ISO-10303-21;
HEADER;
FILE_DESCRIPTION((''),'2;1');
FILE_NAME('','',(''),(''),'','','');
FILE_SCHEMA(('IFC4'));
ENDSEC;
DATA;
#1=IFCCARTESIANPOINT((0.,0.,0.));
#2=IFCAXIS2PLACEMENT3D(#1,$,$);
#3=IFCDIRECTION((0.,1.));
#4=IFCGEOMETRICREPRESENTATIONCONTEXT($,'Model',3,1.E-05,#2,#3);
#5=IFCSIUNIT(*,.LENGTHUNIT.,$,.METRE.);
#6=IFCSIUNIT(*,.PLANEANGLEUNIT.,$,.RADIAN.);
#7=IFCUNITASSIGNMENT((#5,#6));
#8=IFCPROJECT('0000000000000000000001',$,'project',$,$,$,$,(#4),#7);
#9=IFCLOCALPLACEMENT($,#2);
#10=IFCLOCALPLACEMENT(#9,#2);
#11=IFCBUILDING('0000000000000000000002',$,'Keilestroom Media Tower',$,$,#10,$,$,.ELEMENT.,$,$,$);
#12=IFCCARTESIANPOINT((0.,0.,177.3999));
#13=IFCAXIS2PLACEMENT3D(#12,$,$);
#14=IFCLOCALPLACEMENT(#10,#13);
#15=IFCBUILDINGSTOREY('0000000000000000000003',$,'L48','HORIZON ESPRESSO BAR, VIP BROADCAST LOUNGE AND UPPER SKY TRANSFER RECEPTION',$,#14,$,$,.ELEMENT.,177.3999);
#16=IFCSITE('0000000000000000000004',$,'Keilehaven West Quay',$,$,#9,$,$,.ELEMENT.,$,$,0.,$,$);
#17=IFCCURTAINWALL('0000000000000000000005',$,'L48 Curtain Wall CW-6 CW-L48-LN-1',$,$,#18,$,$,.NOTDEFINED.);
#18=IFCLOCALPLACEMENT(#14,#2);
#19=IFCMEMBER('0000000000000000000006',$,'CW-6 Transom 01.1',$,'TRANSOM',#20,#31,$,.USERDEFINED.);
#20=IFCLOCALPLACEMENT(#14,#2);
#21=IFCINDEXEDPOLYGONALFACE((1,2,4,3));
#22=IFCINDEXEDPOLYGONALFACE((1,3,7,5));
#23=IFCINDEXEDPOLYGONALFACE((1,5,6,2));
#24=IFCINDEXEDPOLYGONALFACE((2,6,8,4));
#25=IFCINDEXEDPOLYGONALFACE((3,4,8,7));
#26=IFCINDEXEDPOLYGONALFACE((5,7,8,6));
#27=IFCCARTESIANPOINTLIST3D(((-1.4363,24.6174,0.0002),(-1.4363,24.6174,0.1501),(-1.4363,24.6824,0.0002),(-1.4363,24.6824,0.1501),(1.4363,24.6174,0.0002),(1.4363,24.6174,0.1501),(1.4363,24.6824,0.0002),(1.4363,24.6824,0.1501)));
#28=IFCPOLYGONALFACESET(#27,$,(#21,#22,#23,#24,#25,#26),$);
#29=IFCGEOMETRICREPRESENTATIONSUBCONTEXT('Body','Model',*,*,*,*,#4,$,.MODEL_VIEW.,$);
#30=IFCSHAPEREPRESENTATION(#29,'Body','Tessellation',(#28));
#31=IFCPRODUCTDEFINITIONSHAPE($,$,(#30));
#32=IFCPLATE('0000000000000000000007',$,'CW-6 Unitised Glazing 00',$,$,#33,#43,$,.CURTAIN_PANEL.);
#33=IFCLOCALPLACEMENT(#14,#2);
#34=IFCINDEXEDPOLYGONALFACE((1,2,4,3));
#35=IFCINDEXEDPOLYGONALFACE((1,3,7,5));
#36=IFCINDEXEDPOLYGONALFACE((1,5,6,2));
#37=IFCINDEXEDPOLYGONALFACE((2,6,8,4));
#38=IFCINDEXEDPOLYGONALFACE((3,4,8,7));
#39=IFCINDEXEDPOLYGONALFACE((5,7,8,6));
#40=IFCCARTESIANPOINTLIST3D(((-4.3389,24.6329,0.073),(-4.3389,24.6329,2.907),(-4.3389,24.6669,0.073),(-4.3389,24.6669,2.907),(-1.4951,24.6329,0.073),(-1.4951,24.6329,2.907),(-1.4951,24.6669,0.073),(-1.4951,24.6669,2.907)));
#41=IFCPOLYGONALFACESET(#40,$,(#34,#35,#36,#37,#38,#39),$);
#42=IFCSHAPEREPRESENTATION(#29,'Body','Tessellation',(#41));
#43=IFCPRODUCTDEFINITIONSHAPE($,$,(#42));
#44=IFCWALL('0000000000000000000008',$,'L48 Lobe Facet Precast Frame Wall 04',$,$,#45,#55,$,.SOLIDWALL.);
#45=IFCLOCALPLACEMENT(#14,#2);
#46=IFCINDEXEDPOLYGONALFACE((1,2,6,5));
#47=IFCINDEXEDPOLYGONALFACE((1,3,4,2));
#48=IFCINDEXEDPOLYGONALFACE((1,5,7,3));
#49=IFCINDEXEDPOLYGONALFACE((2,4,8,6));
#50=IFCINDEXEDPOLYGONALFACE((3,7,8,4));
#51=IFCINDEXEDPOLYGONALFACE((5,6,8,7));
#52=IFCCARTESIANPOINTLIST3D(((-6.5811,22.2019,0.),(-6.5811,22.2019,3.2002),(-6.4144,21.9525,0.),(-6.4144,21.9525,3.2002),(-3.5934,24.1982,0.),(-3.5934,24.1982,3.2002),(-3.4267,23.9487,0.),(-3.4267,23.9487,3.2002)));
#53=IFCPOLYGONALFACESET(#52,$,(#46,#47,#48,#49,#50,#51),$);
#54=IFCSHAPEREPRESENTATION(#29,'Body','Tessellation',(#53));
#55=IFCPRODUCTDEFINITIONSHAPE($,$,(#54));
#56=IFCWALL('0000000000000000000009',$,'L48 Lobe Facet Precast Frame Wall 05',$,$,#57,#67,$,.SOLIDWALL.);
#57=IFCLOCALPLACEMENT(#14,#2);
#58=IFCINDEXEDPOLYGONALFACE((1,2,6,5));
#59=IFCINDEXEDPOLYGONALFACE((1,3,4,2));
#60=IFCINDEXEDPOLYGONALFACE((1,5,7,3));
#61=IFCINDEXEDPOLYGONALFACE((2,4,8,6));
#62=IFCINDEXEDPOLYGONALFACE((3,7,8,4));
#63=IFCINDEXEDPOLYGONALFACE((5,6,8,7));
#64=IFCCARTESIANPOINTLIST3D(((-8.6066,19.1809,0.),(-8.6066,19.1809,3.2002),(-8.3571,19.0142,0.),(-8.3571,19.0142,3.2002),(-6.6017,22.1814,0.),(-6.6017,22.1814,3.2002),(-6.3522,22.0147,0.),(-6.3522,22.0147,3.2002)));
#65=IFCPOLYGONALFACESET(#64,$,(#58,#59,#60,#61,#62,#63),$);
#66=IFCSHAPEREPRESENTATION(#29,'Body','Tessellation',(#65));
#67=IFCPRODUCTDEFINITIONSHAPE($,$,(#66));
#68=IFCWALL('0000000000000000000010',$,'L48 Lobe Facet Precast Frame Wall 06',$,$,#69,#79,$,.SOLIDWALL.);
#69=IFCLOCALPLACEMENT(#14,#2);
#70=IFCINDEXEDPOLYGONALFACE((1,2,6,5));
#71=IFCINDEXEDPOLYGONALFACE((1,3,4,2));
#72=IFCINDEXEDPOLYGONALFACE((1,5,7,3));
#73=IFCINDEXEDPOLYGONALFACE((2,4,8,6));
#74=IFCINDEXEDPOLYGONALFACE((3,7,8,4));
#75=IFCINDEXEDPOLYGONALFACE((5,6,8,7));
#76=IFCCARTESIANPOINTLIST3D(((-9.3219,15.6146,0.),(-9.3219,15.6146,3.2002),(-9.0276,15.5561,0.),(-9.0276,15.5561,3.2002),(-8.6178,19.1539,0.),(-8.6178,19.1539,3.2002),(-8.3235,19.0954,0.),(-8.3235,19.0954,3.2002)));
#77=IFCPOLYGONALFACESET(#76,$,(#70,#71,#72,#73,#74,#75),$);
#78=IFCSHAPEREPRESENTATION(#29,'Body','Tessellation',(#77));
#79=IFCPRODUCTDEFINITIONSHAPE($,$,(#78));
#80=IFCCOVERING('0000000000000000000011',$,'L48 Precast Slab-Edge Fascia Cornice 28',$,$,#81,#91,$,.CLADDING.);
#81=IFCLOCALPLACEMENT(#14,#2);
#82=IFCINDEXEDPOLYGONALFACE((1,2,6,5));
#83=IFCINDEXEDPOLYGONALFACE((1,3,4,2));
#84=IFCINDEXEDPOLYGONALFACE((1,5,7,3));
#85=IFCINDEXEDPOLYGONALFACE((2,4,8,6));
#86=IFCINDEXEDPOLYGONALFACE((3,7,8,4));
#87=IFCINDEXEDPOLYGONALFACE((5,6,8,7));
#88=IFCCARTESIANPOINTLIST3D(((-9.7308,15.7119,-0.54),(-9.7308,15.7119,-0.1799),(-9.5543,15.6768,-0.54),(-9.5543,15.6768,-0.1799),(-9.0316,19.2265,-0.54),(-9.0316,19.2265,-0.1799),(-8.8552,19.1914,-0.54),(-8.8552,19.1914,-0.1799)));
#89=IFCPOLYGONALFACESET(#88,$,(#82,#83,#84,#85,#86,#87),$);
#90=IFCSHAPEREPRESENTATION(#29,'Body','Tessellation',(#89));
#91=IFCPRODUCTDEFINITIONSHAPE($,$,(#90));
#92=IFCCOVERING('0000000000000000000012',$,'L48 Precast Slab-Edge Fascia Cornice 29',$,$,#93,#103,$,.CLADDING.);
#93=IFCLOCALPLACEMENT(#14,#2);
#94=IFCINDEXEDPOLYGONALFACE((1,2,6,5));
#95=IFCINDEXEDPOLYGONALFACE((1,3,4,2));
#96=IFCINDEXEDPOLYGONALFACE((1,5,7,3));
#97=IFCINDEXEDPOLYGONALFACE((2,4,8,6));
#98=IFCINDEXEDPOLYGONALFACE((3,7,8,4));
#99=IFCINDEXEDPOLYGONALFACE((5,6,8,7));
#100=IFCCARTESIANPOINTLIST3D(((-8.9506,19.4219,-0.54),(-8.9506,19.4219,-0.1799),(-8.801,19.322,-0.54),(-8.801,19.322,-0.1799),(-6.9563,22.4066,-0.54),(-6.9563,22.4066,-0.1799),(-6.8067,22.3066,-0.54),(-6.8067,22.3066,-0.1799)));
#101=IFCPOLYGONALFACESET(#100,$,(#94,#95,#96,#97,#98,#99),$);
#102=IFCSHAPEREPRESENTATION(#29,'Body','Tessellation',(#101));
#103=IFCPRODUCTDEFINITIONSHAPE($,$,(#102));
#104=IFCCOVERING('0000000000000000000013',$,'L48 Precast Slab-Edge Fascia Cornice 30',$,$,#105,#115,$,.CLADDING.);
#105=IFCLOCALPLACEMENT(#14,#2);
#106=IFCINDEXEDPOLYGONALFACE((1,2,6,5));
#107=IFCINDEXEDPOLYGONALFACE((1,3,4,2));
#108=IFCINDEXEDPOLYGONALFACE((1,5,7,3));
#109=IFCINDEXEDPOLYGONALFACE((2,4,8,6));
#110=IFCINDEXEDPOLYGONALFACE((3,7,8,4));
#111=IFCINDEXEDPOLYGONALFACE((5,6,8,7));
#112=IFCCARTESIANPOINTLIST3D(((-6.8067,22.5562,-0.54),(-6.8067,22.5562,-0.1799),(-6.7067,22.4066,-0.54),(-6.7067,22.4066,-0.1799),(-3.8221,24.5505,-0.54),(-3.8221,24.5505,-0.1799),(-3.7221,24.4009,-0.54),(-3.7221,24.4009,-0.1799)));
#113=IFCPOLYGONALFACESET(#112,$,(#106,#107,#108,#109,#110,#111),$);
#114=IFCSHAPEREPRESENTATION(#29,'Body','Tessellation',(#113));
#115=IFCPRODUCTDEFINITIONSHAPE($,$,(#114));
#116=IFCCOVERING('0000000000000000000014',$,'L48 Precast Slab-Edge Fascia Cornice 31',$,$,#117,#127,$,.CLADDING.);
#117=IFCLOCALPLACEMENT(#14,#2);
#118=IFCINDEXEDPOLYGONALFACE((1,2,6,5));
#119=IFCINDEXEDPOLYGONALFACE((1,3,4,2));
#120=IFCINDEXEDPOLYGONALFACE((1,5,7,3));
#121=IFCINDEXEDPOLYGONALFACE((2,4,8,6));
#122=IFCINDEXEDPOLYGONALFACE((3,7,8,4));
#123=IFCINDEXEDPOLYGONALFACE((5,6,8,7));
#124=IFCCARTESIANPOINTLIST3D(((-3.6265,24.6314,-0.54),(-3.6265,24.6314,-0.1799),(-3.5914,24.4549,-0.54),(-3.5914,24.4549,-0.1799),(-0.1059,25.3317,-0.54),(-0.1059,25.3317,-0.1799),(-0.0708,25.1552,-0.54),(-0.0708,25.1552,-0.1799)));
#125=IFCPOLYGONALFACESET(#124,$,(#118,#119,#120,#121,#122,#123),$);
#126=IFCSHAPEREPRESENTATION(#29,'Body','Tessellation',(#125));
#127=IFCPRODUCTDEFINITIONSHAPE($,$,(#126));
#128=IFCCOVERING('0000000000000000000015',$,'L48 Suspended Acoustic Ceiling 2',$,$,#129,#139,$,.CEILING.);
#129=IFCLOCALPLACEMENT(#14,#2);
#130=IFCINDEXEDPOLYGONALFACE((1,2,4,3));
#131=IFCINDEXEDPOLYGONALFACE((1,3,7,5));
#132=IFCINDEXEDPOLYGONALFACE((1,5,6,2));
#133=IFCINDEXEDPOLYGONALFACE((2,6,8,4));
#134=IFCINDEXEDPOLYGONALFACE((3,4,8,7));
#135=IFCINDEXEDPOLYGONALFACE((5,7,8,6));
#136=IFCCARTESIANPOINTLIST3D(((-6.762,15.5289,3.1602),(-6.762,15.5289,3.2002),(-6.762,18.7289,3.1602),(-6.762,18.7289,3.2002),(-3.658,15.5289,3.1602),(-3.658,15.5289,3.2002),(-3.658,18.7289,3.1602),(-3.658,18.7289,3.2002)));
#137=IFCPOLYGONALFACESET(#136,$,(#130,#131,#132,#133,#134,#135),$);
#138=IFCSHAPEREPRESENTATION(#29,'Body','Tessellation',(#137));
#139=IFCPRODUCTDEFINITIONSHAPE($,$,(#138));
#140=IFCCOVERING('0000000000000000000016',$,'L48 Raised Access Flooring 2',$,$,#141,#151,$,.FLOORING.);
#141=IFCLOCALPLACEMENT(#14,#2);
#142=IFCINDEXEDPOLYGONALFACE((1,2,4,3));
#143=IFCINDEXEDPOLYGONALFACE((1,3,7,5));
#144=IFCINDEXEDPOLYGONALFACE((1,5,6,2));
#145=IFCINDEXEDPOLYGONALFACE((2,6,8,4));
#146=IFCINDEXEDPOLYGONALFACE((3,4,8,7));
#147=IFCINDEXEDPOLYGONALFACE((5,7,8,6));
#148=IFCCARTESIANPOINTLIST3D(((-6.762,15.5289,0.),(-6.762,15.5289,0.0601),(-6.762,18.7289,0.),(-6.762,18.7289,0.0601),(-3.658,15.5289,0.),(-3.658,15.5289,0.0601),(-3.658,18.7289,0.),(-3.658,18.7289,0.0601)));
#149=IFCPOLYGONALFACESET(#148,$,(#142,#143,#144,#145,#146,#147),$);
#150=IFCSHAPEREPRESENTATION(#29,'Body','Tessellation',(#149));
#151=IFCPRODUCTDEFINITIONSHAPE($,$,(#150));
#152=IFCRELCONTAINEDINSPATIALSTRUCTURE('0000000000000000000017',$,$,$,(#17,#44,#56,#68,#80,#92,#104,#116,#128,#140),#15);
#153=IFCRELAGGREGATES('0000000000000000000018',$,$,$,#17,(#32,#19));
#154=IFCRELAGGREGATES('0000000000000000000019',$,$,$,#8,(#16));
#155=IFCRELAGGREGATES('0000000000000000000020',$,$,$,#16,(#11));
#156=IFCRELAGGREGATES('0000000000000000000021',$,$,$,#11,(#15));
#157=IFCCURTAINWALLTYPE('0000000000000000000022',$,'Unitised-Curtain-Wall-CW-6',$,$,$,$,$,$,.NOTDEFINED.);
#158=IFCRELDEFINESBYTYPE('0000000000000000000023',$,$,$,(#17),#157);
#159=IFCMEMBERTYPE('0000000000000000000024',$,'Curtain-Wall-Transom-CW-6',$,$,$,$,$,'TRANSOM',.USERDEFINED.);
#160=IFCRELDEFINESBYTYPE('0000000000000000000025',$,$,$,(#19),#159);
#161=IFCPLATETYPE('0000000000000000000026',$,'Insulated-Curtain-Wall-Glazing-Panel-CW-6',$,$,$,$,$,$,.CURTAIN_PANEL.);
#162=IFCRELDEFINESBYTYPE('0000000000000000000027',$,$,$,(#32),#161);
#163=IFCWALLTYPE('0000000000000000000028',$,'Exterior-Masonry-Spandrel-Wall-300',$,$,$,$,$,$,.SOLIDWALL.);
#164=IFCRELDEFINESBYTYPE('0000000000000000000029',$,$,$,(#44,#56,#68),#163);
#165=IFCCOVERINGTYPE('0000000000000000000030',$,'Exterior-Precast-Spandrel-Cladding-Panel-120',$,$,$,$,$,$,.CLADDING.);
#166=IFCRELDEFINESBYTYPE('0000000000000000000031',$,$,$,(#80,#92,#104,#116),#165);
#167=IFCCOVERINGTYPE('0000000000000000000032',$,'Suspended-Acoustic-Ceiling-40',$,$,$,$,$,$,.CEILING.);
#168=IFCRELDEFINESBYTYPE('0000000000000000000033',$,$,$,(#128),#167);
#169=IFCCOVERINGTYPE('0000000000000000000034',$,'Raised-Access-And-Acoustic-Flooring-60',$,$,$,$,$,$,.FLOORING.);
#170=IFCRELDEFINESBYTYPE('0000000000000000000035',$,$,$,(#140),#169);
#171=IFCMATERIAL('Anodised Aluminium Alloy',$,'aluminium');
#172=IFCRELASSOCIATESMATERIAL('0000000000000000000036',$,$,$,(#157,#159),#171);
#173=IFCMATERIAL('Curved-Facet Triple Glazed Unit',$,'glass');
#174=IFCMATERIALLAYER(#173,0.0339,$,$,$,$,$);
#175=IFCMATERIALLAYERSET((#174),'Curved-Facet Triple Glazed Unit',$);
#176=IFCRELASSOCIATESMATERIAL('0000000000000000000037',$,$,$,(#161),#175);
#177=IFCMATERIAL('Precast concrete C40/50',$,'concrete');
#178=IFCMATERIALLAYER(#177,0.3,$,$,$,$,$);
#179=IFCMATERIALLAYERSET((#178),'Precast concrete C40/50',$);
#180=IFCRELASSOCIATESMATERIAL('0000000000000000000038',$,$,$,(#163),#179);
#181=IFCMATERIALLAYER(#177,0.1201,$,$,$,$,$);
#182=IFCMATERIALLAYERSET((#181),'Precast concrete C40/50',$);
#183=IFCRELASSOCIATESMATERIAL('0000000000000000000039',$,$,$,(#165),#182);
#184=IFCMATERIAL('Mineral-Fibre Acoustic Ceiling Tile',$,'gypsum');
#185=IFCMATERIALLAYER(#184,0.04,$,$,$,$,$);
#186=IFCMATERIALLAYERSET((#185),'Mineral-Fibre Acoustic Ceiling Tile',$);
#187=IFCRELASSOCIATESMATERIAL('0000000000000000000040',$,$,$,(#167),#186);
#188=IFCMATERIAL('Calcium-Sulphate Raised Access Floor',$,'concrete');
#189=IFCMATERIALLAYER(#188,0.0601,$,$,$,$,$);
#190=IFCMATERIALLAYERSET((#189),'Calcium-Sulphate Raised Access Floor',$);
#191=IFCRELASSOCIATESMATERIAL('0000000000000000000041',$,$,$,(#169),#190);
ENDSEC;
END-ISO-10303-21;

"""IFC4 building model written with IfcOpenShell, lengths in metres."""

from ifc_helpers import new_model, si_unit, direction, frame, frame_2d, origin, origin_2d, place, context, subcontext, project, spatial, rectangle, extrude, source, transform, mapped, material, layer, layer_set, material_profile, profile_set, type_object, element, aggregate, save


model = new_model("IFC4")

# Units and contexts
model_context = context("Model", 3, precision=1e-05, world=origin(), true_north=direction((0.0, 1.0)))
body_context = subcontext(model_context, "Body", "Model", "MODEL_VIEW")
ifc_project = project(units=[si_unit("LENGTHUNIT", "METRE"), si_unit("PLANEANGLEUNIT", "RADIAN")], contexts=[model_context])

# Site, building, storey
site_placement = place(None, origin())
site = spatial("IfcSite", under=ifc_project, at=site_placement, Name="Keilehaven West Quay", CompositionType="ELEMENT", RefElevation=0.0)
building_placement = place(site_placement, origin())
building = spatial("IfcBuilding", under=site, at=building_placement, Name="Keilestroom Media Tower", CompositionType="ELEMENT")
storey_placement = place(building_placement, frame((0.0, 0.0, 177.3999)))
storey = spatial("IfcBuildingStorey", under=building, at=storey_placement, Name="L48", Description="HORIZON ESPRESSO BAR, VIP BROADCAST LOUNGE AND UPPER SKY TRANSFER RECEPTION", CompositionType="ELEMENT", Elevation=177.3999)

# Curtain wall, member, plate
ifc_material_1 = material(Name="Anodised Aluminium Alloy", Category="aluminium")
curtain_wall_type = type_object("IfcCurtainWallType", Name="Unitised-Curtain-Wall-CW-6", PredefinedType="NOTDEFINED", material=ifc_material_1)
curtain_wall_placement = place(storey_placement, origin())
curtain_wall = element("IfcCurtainWall", 1, at=curtain_wall_placement, inside=storey, type_object=curtain_wall_type, Name="L48 Curtain Wall CW-6 CW-L48-LN-1", PredefinedType="NOTDEFINED")
ifc_material_profile_1 = material_profile(ifc_material_1, rectangle(XDim=0.0649, YDim=0.1499, at=origin_2d()), Name="ALU TRANSOM 65x150")
ifc_profile_set_1 = profile_set([ifc_material_profile_1], Name="Anodised Aluminium Alloy")
member_type_1 = type_object("IfcMemberType", Name="Curtain-Wall-Transom-CW-6", ElementType="TRANSOM", PredefinedType="USERDEFINED", material=ifc_profile_set_1)
shared_shape_1 = source(origin(), body_context, "Body", "SweptSolid", [
    extrude(rectangle(XDim=0.0649, YDim=0.1499, at=origin_2d()), origin(), (0.0, 0.0, 1.0), 2.8726),
])
member_1_placement = place(storey_placement, frame((-1.4363, 24.6499, 0.0752), z_axis=(1.0, 0.0, 0.0), x_axis=(0.0, 1.0, 0.0)))
member_1 = element("IfcMember", 2, at=member_1_placement, type_object=member_type_1, Name="CW-6 Transom 01.1", ObjectType="TRANSOM", PredefinedType="USERDEFINED", context=body_context, shape_type="MappedRepresentation", body=[
    mapped(shared_shape_1, transform((0.0, 0.0, 0.0), x_axis=(1.0, 0.0, 0.0), y_axis=(0.0, 1.0, 0.0), z_axis=(0.0, 0.0, 1.0), scale=1.0)),
])
ifc_material_2 = material(Name="Curved-Facet Triple Glazed Unit", Category="glass")
ifc_layer_1 = layer(ifc_material_2, 0.0339)
ifc_layer_set_1 = layer_set([ifc_layer_1], Name="Curved-Facet Triple Glazed Unit")
plate_type = type_object("IfcPlateType", Name="Insulated-Curtain-Wall-Glazing-Panel-CW-6", PredefinedType="CURTAIN_PANEL", material=ifc_layer_set_1)
shared_shape_2 = source(origin(), body_context, "Body", "SweptSolid", [
    extrude(rectangle(XDim=2.8438, YDim=0.0339, at=origin_2d()), origin(), (0.0, 0.0, 1.0), 2.834),
])
plate_placement = place(storey_placement, frame((-2.917, 24.6499, 0.073), z_axis=(0.0, 0.0, 1.0), x_axis=(1.0, 0.0, 0.0)))
plate = element("IfcPlate", 3, at=plate_placement, type_object=plate_type, Name="CW-6 Unitised Glazing 00", PredefinedType="CURTAIN_PANEL", context=body_context, shape_type="MappedRepresentation", body=[
    mapped(shared_shape_2, transform((0.0, 0.0, 0.0), x_axis=(1.0, 0.0, 0.0), y_axis=(0.0, 1.0, 0.0), z_axis=(0.0, 0.0, 1.0), scale=1.0)),
])
aggregate(curtain_wall, [plate, member_1])

# Walls
ifc_material_3 = material(Name="Precast concrete C40/50", Category="concrete")
ifc_layer_2 = layer(ifc_material_3, 0.3)
ifc_layer_set_2 = layer_set([ifc_layer_2], Name="Precast concrete C40/50")
wall_type = type_object("IfcWallType", Name="Exterior-Masonry-Spandrel-Wall-300", PredefinedType="SOLIDWALL", material=ifc_layer_set_2)
wall_placement = place(storey_placement, frame((-3.51, 24.0735, 0.0), z_axis=(0.0, 0.0, 1.0), x_axis=(-0.831475, -0.555562, 0.0)))
element("IfcWall", 4, at=wall_placement, inside=storey, type_object=wall_type, Name="L48 Lobe Facet Precast Frame Wall 04", PredefinedType="SOLIDWALL", context=body_context, shape_type="SweptSolid", body=[
    extrude(rectangle(XDim=3.5933, YDim=0.3, at=frame_2d((1.7966, 0.0))), origin(), (0.0, 0.0, 1.0), 3.2002),
])
for number, where, z_axis, x_axis, name in (
    (5, (-6.4771, 22.0979, 0.0), (0.0, 0.0, 1.0), (-0.555574, -0.831467, 0.0), "L48 Lobe Facet Precast Frame Wall 05"),
    (6, (-8.4707, 19.1245, 0.0), (0.0, 0.0, 1.0), (-0.195114, -0.980781, 0.0), "L48 Lobe Facet Precast Frame Wall 06"),
):
    element("IfcWall", number, at=place(storey_placement, frame(where, z_axis=z_axis, x_axis=x_axis)), inside=storey, type_object=wall_type, Name=name, PredefinedType="SOLIDWALL", context=body_context, shape_type="SweptSolid", body=[
        extrude(rectangle(XDim=3.6086, YDim=0.3, at=frame_2d((1.8042, 0.0))), origin(), (0.0, 0.0, 1.0), 3.2002),
    ])

# Coverings
ifc_layer_3 = layer(ifc_material_3, 0.1201)
ifc_layer_set_3 = layer_set([ifc_layer_3], Name="Precast concrete C40/50")
covering_type_1 = type_object("IfcCoveringType", Name="Exterior-Precast-Spandrel-Cladding-Panel-120", PredefinedType="CLADDING", material=ifc_layer_set_3)
shared_shape_3 = source(origin(), body_context, "Body", "SweptSolid", [
    extrude(rectangle(XDim=3.5835, YDim=0.1799, at=origin_2d()), origin(), (0.0, 0.0, 1.0), 0.3601),
])
covering_1_placement = place(storey_placement, frame((-9.293, 17.4517, -0.54), z_axis=(0.0, 0.0, 1.0), x_axis=(0.195099, 0.980784, 0.0)))
element("IfcCovering", 7, at=covering_1_placement, inside=storey, type_object=covering_type_1, Name="L48 Precast Slab-Edge Fascia Cornice 28", PredefinedType="CLADDING", context=body_context, shape_type="MappedRepresentation", body=[
    mapped(shared_shape_3, transform((0.0, 0.0, 0.0), x_axis=(1.0, 0.0, 0.0), y_axis=(0.0, 1.0, 0.0), z_axis=(0.0, 0.0, 1.0), scale=1.0)),
])
shared_shape_4 = source(origin(), body_context, "Body", "SweptSolid", [
    extrude(rectangle(XDim=3.5896, YDim=0.1799, at=origin_2d()), origin(), (0.0, 0.0, 1.0), 0.3601),
])
for number, where, z_axis, x_axis, name in (
    (8, (-7.8787, 20.8643, -0.54), (0.0, 0.0, 1.0), (0.555575, 0.831467, 0.0), "L48 Precast Slab-Edge Fascia Cornice 29"),
    (9, (-5.2644, 23.4785, -0.54), (0.0, 0.0, 1.0), (0.831467, 0.555575, 0.0), "L48 Precast Slab-Edge Fascia Cornice 30"),
    (10, (-1.8486, 24.8933, -0.54), (0.0, 0.0, 1.0), (0.980784, 0.195099, 0.0), "L48 Precast Slab-Edge Fascia Cornice 31"),
):
    element("IfcCovering", number, at=place(storey_placement, frame(where, z_axis=z_axis, x_axis=x_axis)), inside=storey, type_object=covering_type_1, Name=name, PredefinedType="CLADDING", context=body_context, shape_type="MappedRepresentation", body=[
        mapped(shared_shape_4, transform((0.0, 0.0, 0.0), x_axis=(1.0, 0.0, 0.0), y_axis=(0.0, 1.0, 0.0), z_axis=(0.0, 0.0, 1.0), scale=1.0)),
    ])
ifc_material_4 = material(Name="Mineral-Fibre Acoustic Ceiling Tile", Category="gypsum")
ifc_layer_4 = layer(ifc_material_4, 0.04)
ifc_layer_set_4 = layer_set([ifc_layer_4], Name="Mineral-Fibre Acoustic Ceiling Tile")
covering_type_2 = type_object("IfcCoveringType", Name="Suspended-Acoustic-Ceiling-40", PredefinedType="CEILING", material=ifc_layer_set_4)
shared_shape_5 = source(origin(), body_context, "Body", "SweptSolid", [
    extrude(rectangle(XDim=3.104, YDim=3.2, at=origin_2d()), origin(), (0.0, 0.0, 1.0), 0.04),
])
covering_2_placement = place(storey_placement, frame((-5.21, 17.1289, 3.1602), z_axis=(0.0, 0.0, 1.0), x_axis=(1.0, 0.0, 0.0)))
element("IfcCovering", 11, at=covering_2_placement, inside=storey, type_object=covering_type_2, Name="L48 Suspended Acoustic Ceiling 2", PredefinedType="CEILING", context=body_context, shape_type="MappedRepresentation", body=[
    mapped(shared_shape_5, transform((0.0, 0.0, 0.0), x_axis=(1.0, 0.0, 0.0), y_axis=(0.0, 1.0, 0.0), z_axis=(0.0, 0.0, 1.0), scale=1.0)),
])
ifc_material_5 = material(Name="Calcium-Sulphate Raised Access Floor", Category="concrete")
ifc_layer_5 = layer(ifc_material_5, 0.0601)
ifc_layer_set_5 = layer_set([ifc_layer_5], Name="Calcium-Sulphate Raised Access Floor")
covering_type_3 = type_object("IfcCoveringType", Name="Raised-Access-And-Acoustic-Flooring-60", PredefinedType="FLOORING", material=ifc_layer_set_5)
shared_shape_6 = source(origin(), body_context, "Body", "SweptSolid", [
    extrude(rectangle(XDim=3.104, YDim=3.2, at=origin_2d()), origin(), (0.0, 0.0, 1.0), 0.0601),
])
covering_3_placement = place(storey_placement, frame((-5.21, 17.1289, 0.0), z_axis=(0.0, 0.0, 1.0), x_axis=(1.0, 0.0, 0.0)))
element("IfcCovering", 12, at=covering_3_placement, inside=storey, type_object=covering_type_3, Name="L48 Raised Access Flooring 2", PredefinedType="FLOORING", context=body_context, shape_type="MappedRepresentation", body=[
    mapped(shared_shape_6, transform((0.0, 0.0, 0.0), x_axis=(1.0, 0.0, 0.0), y_axis=(0.0, 1.0, 0.0), z_axis=(0.0, 0.0, 1.0), scale=1.0)),
])

save(model, "model.ifc")
